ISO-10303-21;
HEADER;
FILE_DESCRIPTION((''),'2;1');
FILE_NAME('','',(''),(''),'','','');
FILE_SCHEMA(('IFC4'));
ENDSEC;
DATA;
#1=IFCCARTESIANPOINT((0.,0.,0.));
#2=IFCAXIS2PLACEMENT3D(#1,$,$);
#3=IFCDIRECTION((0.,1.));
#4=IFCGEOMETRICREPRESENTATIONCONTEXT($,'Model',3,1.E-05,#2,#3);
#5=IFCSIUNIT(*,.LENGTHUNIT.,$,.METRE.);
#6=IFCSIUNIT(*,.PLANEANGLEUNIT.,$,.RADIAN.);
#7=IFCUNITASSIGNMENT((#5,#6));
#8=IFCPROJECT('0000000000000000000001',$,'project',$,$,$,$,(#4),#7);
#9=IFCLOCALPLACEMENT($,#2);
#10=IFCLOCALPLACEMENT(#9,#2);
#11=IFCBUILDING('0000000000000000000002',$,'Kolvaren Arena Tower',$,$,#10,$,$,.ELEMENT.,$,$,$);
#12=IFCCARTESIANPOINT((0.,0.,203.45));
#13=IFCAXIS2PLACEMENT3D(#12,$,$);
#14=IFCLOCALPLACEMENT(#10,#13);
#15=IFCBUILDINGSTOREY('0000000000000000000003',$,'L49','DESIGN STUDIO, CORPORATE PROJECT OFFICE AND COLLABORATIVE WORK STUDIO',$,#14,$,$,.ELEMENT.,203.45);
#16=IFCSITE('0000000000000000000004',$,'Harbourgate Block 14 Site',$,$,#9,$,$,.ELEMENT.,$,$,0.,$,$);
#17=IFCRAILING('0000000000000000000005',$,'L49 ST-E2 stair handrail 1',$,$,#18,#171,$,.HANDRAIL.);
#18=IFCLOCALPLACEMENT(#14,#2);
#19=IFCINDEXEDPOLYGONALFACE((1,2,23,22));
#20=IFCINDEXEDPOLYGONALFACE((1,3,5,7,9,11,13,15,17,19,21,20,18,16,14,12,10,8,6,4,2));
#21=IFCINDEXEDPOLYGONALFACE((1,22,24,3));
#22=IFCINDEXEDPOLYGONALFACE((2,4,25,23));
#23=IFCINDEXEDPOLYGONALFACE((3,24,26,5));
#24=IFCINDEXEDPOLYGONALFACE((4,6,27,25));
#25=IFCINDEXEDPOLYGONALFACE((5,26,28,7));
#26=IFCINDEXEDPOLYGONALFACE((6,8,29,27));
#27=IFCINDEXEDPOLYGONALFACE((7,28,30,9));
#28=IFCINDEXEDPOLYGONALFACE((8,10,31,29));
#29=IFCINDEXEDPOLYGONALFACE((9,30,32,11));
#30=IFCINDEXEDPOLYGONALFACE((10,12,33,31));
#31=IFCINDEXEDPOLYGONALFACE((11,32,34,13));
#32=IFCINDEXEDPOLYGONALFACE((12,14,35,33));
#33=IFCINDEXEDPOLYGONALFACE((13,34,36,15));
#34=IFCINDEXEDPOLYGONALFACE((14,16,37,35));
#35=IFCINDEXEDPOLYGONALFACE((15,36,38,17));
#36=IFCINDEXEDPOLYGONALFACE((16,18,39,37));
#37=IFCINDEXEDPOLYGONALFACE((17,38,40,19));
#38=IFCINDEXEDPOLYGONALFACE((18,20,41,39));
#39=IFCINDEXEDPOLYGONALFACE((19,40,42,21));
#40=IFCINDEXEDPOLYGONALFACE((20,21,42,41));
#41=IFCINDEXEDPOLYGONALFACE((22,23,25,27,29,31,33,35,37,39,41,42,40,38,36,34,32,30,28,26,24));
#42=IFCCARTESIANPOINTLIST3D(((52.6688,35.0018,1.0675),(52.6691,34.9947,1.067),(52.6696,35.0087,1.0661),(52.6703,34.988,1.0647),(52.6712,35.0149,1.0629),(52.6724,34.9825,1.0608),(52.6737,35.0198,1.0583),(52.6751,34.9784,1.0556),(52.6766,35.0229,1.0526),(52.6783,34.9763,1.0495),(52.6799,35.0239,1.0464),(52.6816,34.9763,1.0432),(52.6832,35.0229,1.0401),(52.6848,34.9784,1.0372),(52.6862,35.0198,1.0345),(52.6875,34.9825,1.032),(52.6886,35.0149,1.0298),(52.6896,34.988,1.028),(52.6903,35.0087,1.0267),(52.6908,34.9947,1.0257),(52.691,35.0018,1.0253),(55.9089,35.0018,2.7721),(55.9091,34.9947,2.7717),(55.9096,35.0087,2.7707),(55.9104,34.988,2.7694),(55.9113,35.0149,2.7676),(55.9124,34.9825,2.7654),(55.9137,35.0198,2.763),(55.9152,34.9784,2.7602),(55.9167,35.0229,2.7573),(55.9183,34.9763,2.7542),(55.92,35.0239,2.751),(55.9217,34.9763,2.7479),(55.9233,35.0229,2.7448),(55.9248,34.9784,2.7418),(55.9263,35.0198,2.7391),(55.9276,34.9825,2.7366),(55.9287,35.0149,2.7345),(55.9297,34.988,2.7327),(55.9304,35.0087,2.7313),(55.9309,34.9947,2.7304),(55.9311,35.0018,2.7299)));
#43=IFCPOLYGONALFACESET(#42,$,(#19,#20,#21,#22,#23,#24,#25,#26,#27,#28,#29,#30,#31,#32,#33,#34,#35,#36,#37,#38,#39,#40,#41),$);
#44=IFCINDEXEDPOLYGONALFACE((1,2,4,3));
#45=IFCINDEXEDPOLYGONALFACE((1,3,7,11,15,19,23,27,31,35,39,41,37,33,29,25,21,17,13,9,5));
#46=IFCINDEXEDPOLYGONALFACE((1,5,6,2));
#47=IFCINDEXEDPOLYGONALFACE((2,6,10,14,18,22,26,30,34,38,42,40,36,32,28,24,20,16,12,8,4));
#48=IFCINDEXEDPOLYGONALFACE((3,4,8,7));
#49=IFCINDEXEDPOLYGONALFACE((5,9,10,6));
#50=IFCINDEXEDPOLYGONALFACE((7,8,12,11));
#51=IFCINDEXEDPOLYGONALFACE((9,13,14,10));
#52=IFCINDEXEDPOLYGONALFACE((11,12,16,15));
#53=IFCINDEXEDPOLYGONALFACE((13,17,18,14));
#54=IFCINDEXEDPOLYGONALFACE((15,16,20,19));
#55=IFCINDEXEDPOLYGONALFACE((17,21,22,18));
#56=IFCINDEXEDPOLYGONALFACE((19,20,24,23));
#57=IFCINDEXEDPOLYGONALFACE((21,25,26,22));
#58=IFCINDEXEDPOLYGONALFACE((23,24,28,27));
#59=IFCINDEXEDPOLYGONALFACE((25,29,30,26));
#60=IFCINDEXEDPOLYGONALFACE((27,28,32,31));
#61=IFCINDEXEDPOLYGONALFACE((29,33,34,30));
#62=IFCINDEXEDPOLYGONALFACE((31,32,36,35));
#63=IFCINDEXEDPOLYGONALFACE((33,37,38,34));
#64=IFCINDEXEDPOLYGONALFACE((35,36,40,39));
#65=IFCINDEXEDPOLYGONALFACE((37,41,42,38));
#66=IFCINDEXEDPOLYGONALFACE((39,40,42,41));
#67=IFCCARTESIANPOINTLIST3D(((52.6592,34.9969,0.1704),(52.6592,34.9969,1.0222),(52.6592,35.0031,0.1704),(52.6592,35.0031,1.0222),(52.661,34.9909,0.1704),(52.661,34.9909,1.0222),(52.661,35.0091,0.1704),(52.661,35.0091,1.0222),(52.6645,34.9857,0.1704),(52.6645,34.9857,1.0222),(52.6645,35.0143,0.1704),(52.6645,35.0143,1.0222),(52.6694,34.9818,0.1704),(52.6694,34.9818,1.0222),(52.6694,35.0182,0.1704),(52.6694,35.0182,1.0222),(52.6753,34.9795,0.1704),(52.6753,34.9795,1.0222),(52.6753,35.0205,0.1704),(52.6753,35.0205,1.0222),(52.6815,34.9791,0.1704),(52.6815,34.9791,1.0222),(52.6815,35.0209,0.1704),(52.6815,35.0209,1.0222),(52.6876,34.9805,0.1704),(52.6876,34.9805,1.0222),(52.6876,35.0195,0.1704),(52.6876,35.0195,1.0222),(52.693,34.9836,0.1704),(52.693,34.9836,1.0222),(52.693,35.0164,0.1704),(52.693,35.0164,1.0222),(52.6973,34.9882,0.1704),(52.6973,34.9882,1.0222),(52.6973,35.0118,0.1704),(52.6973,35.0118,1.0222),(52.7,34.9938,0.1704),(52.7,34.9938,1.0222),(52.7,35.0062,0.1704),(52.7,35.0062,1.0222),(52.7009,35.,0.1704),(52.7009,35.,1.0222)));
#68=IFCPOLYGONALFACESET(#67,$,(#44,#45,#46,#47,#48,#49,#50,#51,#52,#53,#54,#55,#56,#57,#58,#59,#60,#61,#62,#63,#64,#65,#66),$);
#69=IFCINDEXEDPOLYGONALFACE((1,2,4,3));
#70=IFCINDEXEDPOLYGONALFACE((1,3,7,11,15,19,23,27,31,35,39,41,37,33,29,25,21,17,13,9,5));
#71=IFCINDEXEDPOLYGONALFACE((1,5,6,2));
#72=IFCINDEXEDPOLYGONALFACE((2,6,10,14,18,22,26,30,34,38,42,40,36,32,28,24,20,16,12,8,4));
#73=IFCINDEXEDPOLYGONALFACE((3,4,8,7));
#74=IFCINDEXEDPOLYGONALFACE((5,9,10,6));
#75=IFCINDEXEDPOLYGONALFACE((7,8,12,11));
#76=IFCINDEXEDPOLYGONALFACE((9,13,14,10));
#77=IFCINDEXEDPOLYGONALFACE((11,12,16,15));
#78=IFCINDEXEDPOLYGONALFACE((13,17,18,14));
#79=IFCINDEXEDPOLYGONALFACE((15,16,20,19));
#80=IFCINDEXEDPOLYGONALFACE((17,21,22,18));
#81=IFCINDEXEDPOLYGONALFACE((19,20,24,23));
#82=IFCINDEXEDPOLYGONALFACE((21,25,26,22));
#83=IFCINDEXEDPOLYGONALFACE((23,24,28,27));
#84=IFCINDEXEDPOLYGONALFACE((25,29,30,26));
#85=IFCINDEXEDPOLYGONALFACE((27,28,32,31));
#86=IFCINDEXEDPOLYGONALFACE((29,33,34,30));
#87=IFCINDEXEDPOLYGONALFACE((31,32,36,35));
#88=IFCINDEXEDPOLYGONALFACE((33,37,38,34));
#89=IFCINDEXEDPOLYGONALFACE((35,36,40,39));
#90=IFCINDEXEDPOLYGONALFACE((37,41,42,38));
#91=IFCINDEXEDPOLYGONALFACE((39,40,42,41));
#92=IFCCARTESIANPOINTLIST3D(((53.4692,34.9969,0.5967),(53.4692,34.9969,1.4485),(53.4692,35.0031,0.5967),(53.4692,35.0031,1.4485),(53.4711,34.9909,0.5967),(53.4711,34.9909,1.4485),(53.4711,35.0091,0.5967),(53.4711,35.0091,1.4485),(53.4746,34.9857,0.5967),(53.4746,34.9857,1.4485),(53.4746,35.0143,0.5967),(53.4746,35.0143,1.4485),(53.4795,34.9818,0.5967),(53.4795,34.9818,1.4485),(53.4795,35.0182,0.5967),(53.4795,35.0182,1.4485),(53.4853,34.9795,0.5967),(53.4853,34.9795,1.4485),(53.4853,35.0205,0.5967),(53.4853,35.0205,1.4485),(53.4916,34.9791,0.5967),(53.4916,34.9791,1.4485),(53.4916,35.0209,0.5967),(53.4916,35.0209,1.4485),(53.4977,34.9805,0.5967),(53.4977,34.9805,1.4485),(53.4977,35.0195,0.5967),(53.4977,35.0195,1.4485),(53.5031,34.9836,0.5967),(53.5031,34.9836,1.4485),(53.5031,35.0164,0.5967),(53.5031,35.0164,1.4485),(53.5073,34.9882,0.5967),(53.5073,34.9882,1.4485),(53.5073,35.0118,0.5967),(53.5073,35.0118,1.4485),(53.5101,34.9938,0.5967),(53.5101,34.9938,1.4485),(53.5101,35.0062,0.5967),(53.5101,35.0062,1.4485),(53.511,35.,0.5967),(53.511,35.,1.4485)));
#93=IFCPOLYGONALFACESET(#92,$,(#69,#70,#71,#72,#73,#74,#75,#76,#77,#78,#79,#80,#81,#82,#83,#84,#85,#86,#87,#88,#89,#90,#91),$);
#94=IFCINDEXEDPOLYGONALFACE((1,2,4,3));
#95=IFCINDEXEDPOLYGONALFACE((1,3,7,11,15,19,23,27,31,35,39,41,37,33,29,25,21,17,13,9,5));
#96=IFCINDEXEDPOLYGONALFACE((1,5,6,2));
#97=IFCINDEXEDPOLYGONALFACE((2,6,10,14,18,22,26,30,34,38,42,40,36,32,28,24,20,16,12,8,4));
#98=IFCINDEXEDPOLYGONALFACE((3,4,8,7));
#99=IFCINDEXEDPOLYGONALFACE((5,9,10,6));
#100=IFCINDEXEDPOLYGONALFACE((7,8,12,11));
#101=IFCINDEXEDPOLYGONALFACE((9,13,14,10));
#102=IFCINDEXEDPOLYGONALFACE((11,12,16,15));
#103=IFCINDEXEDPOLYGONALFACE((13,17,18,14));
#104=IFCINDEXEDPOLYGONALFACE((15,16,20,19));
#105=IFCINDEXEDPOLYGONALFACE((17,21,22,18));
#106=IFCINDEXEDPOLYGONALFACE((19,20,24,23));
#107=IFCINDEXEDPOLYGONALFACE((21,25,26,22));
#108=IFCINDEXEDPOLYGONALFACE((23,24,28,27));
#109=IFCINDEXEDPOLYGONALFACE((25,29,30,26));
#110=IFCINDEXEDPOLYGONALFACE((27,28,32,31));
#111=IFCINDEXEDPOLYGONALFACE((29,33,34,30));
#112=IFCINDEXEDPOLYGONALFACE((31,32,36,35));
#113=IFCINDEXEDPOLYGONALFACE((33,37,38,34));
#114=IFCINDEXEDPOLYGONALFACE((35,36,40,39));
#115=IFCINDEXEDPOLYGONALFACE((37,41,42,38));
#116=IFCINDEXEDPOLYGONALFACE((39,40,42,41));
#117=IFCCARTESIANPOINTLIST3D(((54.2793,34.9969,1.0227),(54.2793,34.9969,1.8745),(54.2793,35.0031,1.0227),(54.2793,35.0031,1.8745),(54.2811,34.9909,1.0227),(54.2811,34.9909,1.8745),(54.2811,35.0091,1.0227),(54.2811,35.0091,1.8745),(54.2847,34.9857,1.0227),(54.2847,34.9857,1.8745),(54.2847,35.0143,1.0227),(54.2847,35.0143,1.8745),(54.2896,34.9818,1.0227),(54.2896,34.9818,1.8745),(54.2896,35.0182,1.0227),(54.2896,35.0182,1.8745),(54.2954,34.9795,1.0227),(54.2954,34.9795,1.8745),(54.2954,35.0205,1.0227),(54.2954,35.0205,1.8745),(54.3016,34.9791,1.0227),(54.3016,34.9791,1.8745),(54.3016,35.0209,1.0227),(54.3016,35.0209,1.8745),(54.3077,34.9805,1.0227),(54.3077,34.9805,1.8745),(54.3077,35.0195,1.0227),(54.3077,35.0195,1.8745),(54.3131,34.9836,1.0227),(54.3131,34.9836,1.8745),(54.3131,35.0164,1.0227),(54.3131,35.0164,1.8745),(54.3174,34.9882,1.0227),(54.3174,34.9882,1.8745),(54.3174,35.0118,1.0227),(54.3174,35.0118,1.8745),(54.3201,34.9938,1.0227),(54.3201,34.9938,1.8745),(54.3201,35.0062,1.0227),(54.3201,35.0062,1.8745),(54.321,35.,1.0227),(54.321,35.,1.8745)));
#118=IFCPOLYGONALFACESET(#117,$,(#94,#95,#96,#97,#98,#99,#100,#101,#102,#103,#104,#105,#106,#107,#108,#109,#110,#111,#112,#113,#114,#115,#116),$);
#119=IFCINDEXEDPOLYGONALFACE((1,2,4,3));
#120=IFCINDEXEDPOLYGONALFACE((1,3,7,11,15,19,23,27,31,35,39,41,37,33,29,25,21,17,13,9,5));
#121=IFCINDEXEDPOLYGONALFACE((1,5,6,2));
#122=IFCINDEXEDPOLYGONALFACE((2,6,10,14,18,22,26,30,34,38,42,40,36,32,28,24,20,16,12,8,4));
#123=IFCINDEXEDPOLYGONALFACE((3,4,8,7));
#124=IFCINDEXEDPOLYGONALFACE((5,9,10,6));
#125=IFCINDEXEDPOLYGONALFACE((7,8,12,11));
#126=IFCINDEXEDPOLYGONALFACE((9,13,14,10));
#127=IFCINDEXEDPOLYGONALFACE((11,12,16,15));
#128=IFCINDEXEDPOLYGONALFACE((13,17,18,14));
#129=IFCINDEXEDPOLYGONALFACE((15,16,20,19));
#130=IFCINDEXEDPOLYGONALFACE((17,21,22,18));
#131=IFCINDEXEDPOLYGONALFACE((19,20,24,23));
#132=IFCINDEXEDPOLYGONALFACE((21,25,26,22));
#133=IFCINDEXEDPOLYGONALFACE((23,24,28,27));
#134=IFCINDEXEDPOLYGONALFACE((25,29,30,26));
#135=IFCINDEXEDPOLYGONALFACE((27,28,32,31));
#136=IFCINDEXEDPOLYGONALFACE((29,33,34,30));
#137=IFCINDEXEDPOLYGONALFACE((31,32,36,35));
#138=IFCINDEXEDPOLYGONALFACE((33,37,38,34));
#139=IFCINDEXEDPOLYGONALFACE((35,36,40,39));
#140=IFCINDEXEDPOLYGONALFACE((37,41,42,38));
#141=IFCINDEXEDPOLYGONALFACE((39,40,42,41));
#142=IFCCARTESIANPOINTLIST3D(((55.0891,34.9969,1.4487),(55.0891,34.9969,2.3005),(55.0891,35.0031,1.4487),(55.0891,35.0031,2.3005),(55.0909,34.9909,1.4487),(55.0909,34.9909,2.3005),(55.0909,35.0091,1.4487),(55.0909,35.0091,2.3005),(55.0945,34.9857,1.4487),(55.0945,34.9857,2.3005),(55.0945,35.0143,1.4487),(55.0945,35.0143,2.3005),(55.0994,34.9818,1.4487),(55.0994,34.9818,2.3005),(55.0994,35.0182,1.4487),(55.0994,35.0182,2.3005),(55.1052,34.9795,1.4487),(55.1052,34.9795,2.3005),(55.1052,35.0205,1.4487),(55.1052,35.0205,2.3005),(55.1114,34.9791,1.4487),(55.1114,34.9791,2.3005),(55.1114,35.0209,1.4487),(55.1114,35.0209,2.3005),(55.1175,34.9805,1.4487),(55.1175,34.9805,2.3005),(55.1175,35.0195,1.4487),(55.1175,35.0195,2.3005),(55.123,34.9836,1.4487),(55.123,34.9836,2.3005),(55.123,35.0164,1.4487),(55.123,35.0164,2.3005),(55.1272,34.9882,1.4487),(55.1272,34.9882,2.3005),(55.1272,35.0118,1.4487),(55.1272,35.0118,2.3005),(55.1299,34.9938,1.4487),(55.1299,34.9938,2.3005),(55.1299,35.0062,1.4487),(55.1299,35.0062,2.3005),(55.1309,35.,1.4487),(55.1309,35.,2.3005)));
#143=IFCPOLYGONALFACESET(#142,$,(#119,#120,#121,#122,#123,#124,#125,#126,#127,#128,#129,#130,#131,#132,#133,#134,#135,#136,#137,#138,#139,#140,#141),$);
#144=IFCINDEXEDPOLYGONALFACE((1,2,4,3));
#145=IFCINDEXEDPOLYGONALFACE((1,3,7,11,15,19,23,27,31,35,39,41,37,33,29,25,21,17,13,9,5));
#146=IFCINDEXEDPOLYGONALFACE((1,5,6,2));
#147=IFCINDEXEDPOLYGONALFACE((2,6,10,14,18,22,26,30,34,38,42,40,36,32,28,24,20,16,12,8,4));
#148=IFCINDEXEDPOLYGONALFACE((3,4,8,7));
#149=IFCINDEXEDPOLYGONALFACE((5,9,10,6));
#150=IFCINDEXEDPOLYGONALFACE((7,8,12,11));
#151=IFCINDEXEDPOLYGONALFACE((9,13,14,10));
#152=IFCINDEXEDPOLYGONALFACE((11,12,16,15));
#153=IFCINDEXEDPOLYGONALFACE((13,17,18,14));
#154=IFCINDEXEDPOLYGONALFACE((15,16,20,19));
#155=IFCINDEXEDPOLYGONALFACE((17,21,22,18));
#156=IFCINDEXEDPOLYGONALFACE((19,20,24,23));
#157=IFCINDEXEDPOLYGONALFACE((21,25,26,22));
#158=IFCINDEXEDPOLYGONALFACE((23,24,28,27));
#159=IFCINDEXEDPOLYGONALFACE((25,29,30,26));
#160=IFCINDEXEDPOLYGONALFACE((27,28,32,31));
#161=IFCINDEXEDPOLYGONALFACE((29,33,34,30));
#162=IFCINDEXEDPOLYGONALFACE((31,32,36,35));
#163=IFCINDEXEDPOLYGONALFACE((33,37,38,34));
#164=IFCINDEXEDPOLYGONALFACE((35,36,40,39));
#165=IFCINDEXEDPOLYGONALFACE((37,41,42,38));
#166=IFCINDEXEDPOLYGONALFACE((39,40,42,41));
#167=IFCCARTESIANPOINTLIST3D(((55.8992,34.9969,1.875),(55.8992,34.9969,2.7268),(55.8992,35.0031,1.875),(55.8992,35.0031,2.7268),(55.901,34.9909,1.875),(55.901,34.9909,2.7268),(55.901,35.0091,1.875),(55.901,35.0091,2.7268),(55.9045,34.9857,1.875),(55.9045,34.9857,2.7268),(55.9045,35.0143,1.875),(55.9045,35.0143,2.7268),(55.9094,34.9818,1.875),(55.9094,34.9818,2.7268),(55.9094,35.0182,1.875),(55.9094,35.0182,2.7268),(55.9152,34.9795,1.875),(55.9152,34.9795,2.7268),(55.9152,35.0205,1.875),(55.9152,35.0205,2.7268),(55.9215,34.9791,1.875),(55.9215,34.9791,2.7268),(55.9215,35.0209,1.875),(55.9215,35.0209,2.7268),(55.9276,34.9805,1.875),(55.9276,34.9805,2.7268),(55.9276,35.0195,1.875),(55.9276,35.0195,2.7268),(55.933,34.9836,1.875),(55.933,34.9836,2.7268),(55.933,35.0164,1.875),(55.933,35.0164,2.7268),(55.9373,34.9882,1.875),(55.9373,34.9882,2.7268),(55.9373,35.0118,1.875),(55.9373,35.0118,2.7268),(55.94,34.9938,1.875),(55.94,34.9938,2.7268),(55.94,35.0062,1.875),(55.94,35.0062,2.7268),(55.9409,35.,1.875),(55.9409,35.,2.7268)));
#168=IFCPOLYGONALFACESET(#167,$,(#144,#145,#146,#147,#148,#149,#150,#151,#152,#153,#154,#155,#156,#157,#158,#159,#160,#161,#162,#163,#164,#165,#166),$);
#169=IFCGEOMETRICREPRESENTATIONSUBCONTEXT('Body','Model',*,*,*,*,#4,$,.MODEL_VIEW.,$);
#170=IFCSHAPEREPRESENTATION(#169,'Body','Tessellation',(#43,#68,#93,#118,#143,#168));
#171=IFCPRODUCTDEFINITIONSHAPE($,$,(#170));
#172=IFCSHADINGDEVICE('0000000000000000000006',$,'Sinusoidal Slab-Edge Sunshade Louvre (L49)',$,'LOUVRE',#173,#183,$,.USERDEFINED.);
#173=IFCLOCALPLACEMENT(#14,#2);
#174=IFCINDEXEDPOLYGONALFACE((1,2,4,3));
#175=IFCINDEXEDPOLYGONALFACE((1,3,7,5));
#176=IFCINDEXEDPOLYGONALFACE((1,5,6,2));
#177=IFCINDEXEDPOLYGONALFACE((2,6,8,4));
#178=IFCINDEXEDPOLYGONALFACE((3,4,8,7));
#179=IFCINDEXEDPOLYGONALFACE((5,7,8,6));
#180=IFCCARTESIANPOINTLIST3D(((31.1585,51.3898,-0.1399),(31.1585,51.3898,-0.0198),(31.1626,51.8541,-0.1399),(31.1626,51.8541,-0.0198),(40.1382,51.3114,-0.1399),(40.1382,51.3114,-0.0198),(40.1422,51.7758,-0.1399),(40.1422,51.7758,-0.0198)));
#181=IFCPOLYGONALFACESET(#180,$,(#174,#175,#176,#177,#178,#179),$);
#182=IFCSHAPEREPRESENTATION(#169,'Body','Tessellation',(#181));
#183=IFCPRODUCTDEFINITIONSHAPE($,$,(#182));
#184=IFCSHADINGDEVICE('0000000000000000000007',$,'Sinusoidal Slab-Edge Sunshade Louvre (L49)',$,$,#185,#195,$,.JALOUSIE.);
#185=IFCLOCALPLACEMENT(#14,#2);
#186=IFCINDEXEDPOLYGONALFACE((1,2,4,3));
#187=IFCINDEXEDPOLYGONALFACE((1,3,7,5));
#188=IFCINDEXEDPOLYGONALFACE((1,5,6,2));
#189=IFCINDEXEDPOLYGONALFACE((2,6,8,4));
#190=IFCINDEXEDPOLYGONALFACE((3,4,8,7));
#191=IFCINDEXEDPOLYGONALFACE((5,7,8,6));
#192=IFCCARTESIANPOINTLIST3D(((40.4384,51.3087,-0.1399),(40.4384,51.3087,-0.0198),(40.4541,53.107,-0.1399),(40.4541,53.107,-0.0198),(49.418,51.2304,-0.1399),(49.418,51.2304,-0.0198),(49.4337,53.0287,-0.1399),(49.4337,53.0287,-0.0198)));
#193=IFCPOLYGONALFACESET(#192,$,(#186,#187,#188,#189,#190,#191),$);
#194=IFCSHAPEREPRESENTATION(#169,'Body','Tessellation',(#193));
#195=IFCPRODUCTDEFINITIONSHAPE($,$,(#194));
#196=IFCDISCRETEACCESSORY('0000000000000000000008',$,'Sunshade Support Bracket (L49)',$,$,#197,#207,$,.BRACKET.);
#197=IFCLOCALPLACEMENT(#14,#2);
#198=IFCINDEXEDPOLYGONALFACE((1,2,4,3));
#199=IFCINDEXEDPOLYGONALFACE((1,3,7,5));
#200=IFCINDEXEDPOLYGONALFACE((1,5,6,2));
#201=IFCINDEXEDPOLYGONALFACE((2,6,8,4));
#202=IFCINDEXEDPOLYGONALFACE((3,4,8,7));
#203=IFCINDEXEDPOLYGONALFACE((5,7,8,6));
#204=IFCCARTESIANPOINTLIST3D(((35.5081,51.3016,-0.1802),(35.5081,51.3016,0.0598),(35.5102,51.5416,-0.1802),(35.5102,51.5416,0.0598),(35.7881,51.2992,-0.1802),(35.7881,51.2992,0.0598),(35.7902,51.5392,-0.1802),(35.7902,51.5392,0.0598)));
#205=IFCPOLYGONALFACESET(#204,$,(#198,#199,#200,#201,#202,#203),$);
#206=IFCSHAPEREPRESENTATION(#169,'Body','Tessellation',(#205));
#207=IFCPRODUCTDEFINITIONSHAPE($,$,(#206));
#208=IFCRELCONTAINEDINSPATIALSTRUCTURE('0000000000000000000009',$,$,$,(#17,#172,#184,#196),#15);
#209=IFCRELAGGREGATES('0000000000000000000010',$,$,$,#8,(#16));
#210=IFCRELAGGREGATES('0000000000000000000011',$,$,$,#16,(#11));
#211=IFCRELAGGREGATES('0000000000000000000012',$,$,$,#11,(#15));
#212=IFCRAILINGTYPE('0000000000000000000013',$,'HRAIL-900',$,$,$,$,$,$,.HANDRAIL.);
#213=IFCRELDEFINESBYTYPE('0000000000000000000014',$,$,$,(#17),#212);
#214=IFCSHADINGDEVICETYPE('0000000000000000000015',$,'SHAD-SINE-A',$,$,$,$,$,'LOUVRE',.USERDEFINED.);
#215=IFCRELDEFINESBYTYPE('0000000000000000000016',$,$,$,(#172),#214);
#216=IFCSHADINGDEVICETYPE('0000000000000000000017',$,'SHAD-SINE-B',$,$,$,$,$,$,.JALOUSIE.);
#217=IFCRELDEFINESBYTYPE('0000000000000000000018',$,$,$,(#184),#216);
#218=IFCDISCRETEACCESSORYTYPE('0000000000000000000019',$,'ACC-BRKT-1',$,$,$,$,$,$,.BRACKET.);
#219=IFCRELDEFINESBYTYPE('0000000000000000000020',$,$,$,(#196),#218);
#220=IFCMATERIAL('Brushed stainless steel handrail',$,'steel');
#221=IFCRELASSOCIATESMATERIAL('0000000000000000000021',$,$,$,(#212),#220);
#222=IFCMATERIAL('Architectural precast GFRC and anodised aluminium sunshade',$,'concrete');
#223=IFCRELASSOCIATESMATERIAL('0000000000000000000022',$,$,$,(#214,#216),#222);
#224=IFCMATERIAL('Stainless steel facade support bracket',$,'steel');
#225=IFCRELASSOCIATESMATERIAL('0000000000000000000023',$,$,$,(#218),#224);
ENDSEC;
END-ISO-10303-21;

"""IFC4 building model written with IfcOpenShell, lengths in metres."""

from ifc_helpers import new_model, si_unit, direction, frame, origin, origin_2d, place, context, subcontext, project, spatial, rectangle, circle, extrude, material, type_object, element, save


model = new_model("IFC4")

# Units and contexts
model_context = context("Model", 3, precision=1e-05, world=origin(), true_north=direction((0.0, 1.0)))
body_context = subcontext(model_context, "Body", "Model", "MODEL_VIEW")
ifc_project = project(units=[si_unit("LENGTHUNIT", "METRE"), si_unit("PLANEANGLEUNIT", "RADIAN")], contexts=[model_context])

# Site, building, storey
site_placement = place(None, origin())
site = spatial("IfcSite", under=ifc_project, at=site_placement, Name="Harbourgate Block 14 Site", CompositionType="ELEMENT", RefElevation=0.0)
building_placement = place(site_placement, origin())
building = spatial("IfcBuilding", under=site, at=building_placement, Name="Kolvaren Arena Tower", CompositionType="ELEMENT")
storey_placement = place(building_placement, frame((0.0, 0.0, 203.45)))
storey = spatial("IfcBuildingStorey", under=building, at=storey_placement, Name="L49", Description="DESIGN STUDIO, CORPORATE PROJECT OFFICE AND COLLABORATIVE WORK STUDIO", CompositionType="ELEMENT", Elevation=203.45)

# Railing
ifc_material_1 = material(Name="Brushed stainless steel handrail", Category="steel")
railing_type_1 = type_object("IfcRailingType", Name="HRAIL-900", PredefinedType="HANDRAIL", material=ifc_material_1)
railing_1_placement = place(storey_placement, frame((52.6799, 35.0, 0.1704)))
element("IfcRailing", 1, at=railing_1_placement, inside=storey, type_object=railing_type_1, Name="L49 ST-E2 stair handrail 1", PredefinedType="HANDRAIL", context=body_context, shape_type="SweptSolid", body=[
    extrude(circle(Radius=0.0239, at=origin_2d()), frame((0.0, 0.0, 0.876), z_axis=(0.884993, 0.0, 0.465604), x_axis=(0.0, 1.0, 0.0)), (0.0, 0.0, 1.0), 3.6611),
    extrude(circle(Radius=0.021, at=origin_2d()), origin(), (0.0, 0.0, 1.0), 0.8518),
    extrude(circle(Radius=0.021, at=origin_2d()), frame((0.8101, 0.0, 0.4263)), (0.0, 0.0, 1.0), 0.8518),
    extrude(circle(Radius=0.021, at=origin_2d()), frame((1.6201, 0.0, 0.8523)), (0.0, 0.0, 1.0), 0.8518),
    extrude(circle(Radius=0.021, at=origin_2d()), frame((2.4299, 0.0, 1.2783)), (0.0, 0.0, 1.0), 0.8518),
    extrude(circle(Radius=0.021, at=origin_2d()), frame((3.24, 0.0, 1.7046)), (0.0, 0.0, 1.0), 0.8518),
])

# Shading devices
ifc_material_2 = material(Name="Architectural precast GFRC and anodised aluminium sunshade", Category="concrete")
shading_device_type_1 = type_object("IfcShadingDeviceType", Name="SHAD-SINE-A", ElementType="LOUVRE", PredefinedType="USERDEFINED", material=ifc_material_2)
shading_device_1_placement = place(storey_placement, frame((35.6504, 51.5828, -0.1399), z_axis=(0.0, 0.0, 1.0), x_axis=(0.999962, -0.008727, 0.0)))
element("IfcShadingDevice", 2, at=shading_device_1_placement, inside=storey, type_object=shading_device_type_1, Name="Sinusoidal Slab-Edge Sunshade Louvre (L49)", ObjectType="LOUVRE", PredefinedType="USERDEFINED", context=body_context, shape_type="SweptSolid", body=[
    extrude(rectangle(XDim=8.98, YDim=0.4644, at=origin_2d()), origin(), (0.0, 0.0, 1.0), 0.1201),
])
shading_device_type_2 = type_object("IfcShadingDeviceType", Name="SHAD-SINE-B", PredefinedType="JALOUSIE", material=ifc_material_2)
shading_device_2_placement = place(storey_placement, frame((44.936, 52.1687, -0.1399), z_axis=(0.0, 0.0, 1.0), x_axis=(0.999962, -0.008727, 0.0)))
element("IfcShadingDevice", 3, at=shading_device_2_placement, inside=storey, type_object=shading_device_type_2, Name="Sinusoidal Slab-Edge Sunshade Louvre (L49)", PredefinedType="JALOUSIE", context=body_context, shape_type="SweptSolid", body=[
    extrude(rectangle(XDim=8.98, YDim=1.7983, at=origin_2d()), origin(), (0.0, 0.0, 1.0), 0.1201),
])

# Discrete accessory
ifc_material_3 = material(Name="Stainless steel facade support bracket", Category="steel")
discrete_accessory_type = type_object("IfcDiscreteAccessoryType", Name="ACC-BRKT-1", PredefinedType="BRACKET", material=ifc_material_3)
for number, where, z_axis, x_axis, name in (
    (4, (35.6492, 51.4204, -0.1802), (0.0, 0.0, 1.0), (0.999962, -0.008727, 0.0), "Sunshade Support Bracket (L49)"),
):
    element("IfcDiscreteAccessory", number, at=place(storey_placement, frame(where, z_axis=z_axis, x_axis=x_axis)), inside=storey, type_object=discrete_accessory_type, Name=name, PredefinedType="BRACKET", context=body_context, shape_type="SweptSolid", body=[
        extrude(rectangle(XDim=0.28, YDim=0.24, at=origin_2d()), origin(), (0.0, 0.0, 1.0), 0.24),
    ])

save(model, "model.ifc")
